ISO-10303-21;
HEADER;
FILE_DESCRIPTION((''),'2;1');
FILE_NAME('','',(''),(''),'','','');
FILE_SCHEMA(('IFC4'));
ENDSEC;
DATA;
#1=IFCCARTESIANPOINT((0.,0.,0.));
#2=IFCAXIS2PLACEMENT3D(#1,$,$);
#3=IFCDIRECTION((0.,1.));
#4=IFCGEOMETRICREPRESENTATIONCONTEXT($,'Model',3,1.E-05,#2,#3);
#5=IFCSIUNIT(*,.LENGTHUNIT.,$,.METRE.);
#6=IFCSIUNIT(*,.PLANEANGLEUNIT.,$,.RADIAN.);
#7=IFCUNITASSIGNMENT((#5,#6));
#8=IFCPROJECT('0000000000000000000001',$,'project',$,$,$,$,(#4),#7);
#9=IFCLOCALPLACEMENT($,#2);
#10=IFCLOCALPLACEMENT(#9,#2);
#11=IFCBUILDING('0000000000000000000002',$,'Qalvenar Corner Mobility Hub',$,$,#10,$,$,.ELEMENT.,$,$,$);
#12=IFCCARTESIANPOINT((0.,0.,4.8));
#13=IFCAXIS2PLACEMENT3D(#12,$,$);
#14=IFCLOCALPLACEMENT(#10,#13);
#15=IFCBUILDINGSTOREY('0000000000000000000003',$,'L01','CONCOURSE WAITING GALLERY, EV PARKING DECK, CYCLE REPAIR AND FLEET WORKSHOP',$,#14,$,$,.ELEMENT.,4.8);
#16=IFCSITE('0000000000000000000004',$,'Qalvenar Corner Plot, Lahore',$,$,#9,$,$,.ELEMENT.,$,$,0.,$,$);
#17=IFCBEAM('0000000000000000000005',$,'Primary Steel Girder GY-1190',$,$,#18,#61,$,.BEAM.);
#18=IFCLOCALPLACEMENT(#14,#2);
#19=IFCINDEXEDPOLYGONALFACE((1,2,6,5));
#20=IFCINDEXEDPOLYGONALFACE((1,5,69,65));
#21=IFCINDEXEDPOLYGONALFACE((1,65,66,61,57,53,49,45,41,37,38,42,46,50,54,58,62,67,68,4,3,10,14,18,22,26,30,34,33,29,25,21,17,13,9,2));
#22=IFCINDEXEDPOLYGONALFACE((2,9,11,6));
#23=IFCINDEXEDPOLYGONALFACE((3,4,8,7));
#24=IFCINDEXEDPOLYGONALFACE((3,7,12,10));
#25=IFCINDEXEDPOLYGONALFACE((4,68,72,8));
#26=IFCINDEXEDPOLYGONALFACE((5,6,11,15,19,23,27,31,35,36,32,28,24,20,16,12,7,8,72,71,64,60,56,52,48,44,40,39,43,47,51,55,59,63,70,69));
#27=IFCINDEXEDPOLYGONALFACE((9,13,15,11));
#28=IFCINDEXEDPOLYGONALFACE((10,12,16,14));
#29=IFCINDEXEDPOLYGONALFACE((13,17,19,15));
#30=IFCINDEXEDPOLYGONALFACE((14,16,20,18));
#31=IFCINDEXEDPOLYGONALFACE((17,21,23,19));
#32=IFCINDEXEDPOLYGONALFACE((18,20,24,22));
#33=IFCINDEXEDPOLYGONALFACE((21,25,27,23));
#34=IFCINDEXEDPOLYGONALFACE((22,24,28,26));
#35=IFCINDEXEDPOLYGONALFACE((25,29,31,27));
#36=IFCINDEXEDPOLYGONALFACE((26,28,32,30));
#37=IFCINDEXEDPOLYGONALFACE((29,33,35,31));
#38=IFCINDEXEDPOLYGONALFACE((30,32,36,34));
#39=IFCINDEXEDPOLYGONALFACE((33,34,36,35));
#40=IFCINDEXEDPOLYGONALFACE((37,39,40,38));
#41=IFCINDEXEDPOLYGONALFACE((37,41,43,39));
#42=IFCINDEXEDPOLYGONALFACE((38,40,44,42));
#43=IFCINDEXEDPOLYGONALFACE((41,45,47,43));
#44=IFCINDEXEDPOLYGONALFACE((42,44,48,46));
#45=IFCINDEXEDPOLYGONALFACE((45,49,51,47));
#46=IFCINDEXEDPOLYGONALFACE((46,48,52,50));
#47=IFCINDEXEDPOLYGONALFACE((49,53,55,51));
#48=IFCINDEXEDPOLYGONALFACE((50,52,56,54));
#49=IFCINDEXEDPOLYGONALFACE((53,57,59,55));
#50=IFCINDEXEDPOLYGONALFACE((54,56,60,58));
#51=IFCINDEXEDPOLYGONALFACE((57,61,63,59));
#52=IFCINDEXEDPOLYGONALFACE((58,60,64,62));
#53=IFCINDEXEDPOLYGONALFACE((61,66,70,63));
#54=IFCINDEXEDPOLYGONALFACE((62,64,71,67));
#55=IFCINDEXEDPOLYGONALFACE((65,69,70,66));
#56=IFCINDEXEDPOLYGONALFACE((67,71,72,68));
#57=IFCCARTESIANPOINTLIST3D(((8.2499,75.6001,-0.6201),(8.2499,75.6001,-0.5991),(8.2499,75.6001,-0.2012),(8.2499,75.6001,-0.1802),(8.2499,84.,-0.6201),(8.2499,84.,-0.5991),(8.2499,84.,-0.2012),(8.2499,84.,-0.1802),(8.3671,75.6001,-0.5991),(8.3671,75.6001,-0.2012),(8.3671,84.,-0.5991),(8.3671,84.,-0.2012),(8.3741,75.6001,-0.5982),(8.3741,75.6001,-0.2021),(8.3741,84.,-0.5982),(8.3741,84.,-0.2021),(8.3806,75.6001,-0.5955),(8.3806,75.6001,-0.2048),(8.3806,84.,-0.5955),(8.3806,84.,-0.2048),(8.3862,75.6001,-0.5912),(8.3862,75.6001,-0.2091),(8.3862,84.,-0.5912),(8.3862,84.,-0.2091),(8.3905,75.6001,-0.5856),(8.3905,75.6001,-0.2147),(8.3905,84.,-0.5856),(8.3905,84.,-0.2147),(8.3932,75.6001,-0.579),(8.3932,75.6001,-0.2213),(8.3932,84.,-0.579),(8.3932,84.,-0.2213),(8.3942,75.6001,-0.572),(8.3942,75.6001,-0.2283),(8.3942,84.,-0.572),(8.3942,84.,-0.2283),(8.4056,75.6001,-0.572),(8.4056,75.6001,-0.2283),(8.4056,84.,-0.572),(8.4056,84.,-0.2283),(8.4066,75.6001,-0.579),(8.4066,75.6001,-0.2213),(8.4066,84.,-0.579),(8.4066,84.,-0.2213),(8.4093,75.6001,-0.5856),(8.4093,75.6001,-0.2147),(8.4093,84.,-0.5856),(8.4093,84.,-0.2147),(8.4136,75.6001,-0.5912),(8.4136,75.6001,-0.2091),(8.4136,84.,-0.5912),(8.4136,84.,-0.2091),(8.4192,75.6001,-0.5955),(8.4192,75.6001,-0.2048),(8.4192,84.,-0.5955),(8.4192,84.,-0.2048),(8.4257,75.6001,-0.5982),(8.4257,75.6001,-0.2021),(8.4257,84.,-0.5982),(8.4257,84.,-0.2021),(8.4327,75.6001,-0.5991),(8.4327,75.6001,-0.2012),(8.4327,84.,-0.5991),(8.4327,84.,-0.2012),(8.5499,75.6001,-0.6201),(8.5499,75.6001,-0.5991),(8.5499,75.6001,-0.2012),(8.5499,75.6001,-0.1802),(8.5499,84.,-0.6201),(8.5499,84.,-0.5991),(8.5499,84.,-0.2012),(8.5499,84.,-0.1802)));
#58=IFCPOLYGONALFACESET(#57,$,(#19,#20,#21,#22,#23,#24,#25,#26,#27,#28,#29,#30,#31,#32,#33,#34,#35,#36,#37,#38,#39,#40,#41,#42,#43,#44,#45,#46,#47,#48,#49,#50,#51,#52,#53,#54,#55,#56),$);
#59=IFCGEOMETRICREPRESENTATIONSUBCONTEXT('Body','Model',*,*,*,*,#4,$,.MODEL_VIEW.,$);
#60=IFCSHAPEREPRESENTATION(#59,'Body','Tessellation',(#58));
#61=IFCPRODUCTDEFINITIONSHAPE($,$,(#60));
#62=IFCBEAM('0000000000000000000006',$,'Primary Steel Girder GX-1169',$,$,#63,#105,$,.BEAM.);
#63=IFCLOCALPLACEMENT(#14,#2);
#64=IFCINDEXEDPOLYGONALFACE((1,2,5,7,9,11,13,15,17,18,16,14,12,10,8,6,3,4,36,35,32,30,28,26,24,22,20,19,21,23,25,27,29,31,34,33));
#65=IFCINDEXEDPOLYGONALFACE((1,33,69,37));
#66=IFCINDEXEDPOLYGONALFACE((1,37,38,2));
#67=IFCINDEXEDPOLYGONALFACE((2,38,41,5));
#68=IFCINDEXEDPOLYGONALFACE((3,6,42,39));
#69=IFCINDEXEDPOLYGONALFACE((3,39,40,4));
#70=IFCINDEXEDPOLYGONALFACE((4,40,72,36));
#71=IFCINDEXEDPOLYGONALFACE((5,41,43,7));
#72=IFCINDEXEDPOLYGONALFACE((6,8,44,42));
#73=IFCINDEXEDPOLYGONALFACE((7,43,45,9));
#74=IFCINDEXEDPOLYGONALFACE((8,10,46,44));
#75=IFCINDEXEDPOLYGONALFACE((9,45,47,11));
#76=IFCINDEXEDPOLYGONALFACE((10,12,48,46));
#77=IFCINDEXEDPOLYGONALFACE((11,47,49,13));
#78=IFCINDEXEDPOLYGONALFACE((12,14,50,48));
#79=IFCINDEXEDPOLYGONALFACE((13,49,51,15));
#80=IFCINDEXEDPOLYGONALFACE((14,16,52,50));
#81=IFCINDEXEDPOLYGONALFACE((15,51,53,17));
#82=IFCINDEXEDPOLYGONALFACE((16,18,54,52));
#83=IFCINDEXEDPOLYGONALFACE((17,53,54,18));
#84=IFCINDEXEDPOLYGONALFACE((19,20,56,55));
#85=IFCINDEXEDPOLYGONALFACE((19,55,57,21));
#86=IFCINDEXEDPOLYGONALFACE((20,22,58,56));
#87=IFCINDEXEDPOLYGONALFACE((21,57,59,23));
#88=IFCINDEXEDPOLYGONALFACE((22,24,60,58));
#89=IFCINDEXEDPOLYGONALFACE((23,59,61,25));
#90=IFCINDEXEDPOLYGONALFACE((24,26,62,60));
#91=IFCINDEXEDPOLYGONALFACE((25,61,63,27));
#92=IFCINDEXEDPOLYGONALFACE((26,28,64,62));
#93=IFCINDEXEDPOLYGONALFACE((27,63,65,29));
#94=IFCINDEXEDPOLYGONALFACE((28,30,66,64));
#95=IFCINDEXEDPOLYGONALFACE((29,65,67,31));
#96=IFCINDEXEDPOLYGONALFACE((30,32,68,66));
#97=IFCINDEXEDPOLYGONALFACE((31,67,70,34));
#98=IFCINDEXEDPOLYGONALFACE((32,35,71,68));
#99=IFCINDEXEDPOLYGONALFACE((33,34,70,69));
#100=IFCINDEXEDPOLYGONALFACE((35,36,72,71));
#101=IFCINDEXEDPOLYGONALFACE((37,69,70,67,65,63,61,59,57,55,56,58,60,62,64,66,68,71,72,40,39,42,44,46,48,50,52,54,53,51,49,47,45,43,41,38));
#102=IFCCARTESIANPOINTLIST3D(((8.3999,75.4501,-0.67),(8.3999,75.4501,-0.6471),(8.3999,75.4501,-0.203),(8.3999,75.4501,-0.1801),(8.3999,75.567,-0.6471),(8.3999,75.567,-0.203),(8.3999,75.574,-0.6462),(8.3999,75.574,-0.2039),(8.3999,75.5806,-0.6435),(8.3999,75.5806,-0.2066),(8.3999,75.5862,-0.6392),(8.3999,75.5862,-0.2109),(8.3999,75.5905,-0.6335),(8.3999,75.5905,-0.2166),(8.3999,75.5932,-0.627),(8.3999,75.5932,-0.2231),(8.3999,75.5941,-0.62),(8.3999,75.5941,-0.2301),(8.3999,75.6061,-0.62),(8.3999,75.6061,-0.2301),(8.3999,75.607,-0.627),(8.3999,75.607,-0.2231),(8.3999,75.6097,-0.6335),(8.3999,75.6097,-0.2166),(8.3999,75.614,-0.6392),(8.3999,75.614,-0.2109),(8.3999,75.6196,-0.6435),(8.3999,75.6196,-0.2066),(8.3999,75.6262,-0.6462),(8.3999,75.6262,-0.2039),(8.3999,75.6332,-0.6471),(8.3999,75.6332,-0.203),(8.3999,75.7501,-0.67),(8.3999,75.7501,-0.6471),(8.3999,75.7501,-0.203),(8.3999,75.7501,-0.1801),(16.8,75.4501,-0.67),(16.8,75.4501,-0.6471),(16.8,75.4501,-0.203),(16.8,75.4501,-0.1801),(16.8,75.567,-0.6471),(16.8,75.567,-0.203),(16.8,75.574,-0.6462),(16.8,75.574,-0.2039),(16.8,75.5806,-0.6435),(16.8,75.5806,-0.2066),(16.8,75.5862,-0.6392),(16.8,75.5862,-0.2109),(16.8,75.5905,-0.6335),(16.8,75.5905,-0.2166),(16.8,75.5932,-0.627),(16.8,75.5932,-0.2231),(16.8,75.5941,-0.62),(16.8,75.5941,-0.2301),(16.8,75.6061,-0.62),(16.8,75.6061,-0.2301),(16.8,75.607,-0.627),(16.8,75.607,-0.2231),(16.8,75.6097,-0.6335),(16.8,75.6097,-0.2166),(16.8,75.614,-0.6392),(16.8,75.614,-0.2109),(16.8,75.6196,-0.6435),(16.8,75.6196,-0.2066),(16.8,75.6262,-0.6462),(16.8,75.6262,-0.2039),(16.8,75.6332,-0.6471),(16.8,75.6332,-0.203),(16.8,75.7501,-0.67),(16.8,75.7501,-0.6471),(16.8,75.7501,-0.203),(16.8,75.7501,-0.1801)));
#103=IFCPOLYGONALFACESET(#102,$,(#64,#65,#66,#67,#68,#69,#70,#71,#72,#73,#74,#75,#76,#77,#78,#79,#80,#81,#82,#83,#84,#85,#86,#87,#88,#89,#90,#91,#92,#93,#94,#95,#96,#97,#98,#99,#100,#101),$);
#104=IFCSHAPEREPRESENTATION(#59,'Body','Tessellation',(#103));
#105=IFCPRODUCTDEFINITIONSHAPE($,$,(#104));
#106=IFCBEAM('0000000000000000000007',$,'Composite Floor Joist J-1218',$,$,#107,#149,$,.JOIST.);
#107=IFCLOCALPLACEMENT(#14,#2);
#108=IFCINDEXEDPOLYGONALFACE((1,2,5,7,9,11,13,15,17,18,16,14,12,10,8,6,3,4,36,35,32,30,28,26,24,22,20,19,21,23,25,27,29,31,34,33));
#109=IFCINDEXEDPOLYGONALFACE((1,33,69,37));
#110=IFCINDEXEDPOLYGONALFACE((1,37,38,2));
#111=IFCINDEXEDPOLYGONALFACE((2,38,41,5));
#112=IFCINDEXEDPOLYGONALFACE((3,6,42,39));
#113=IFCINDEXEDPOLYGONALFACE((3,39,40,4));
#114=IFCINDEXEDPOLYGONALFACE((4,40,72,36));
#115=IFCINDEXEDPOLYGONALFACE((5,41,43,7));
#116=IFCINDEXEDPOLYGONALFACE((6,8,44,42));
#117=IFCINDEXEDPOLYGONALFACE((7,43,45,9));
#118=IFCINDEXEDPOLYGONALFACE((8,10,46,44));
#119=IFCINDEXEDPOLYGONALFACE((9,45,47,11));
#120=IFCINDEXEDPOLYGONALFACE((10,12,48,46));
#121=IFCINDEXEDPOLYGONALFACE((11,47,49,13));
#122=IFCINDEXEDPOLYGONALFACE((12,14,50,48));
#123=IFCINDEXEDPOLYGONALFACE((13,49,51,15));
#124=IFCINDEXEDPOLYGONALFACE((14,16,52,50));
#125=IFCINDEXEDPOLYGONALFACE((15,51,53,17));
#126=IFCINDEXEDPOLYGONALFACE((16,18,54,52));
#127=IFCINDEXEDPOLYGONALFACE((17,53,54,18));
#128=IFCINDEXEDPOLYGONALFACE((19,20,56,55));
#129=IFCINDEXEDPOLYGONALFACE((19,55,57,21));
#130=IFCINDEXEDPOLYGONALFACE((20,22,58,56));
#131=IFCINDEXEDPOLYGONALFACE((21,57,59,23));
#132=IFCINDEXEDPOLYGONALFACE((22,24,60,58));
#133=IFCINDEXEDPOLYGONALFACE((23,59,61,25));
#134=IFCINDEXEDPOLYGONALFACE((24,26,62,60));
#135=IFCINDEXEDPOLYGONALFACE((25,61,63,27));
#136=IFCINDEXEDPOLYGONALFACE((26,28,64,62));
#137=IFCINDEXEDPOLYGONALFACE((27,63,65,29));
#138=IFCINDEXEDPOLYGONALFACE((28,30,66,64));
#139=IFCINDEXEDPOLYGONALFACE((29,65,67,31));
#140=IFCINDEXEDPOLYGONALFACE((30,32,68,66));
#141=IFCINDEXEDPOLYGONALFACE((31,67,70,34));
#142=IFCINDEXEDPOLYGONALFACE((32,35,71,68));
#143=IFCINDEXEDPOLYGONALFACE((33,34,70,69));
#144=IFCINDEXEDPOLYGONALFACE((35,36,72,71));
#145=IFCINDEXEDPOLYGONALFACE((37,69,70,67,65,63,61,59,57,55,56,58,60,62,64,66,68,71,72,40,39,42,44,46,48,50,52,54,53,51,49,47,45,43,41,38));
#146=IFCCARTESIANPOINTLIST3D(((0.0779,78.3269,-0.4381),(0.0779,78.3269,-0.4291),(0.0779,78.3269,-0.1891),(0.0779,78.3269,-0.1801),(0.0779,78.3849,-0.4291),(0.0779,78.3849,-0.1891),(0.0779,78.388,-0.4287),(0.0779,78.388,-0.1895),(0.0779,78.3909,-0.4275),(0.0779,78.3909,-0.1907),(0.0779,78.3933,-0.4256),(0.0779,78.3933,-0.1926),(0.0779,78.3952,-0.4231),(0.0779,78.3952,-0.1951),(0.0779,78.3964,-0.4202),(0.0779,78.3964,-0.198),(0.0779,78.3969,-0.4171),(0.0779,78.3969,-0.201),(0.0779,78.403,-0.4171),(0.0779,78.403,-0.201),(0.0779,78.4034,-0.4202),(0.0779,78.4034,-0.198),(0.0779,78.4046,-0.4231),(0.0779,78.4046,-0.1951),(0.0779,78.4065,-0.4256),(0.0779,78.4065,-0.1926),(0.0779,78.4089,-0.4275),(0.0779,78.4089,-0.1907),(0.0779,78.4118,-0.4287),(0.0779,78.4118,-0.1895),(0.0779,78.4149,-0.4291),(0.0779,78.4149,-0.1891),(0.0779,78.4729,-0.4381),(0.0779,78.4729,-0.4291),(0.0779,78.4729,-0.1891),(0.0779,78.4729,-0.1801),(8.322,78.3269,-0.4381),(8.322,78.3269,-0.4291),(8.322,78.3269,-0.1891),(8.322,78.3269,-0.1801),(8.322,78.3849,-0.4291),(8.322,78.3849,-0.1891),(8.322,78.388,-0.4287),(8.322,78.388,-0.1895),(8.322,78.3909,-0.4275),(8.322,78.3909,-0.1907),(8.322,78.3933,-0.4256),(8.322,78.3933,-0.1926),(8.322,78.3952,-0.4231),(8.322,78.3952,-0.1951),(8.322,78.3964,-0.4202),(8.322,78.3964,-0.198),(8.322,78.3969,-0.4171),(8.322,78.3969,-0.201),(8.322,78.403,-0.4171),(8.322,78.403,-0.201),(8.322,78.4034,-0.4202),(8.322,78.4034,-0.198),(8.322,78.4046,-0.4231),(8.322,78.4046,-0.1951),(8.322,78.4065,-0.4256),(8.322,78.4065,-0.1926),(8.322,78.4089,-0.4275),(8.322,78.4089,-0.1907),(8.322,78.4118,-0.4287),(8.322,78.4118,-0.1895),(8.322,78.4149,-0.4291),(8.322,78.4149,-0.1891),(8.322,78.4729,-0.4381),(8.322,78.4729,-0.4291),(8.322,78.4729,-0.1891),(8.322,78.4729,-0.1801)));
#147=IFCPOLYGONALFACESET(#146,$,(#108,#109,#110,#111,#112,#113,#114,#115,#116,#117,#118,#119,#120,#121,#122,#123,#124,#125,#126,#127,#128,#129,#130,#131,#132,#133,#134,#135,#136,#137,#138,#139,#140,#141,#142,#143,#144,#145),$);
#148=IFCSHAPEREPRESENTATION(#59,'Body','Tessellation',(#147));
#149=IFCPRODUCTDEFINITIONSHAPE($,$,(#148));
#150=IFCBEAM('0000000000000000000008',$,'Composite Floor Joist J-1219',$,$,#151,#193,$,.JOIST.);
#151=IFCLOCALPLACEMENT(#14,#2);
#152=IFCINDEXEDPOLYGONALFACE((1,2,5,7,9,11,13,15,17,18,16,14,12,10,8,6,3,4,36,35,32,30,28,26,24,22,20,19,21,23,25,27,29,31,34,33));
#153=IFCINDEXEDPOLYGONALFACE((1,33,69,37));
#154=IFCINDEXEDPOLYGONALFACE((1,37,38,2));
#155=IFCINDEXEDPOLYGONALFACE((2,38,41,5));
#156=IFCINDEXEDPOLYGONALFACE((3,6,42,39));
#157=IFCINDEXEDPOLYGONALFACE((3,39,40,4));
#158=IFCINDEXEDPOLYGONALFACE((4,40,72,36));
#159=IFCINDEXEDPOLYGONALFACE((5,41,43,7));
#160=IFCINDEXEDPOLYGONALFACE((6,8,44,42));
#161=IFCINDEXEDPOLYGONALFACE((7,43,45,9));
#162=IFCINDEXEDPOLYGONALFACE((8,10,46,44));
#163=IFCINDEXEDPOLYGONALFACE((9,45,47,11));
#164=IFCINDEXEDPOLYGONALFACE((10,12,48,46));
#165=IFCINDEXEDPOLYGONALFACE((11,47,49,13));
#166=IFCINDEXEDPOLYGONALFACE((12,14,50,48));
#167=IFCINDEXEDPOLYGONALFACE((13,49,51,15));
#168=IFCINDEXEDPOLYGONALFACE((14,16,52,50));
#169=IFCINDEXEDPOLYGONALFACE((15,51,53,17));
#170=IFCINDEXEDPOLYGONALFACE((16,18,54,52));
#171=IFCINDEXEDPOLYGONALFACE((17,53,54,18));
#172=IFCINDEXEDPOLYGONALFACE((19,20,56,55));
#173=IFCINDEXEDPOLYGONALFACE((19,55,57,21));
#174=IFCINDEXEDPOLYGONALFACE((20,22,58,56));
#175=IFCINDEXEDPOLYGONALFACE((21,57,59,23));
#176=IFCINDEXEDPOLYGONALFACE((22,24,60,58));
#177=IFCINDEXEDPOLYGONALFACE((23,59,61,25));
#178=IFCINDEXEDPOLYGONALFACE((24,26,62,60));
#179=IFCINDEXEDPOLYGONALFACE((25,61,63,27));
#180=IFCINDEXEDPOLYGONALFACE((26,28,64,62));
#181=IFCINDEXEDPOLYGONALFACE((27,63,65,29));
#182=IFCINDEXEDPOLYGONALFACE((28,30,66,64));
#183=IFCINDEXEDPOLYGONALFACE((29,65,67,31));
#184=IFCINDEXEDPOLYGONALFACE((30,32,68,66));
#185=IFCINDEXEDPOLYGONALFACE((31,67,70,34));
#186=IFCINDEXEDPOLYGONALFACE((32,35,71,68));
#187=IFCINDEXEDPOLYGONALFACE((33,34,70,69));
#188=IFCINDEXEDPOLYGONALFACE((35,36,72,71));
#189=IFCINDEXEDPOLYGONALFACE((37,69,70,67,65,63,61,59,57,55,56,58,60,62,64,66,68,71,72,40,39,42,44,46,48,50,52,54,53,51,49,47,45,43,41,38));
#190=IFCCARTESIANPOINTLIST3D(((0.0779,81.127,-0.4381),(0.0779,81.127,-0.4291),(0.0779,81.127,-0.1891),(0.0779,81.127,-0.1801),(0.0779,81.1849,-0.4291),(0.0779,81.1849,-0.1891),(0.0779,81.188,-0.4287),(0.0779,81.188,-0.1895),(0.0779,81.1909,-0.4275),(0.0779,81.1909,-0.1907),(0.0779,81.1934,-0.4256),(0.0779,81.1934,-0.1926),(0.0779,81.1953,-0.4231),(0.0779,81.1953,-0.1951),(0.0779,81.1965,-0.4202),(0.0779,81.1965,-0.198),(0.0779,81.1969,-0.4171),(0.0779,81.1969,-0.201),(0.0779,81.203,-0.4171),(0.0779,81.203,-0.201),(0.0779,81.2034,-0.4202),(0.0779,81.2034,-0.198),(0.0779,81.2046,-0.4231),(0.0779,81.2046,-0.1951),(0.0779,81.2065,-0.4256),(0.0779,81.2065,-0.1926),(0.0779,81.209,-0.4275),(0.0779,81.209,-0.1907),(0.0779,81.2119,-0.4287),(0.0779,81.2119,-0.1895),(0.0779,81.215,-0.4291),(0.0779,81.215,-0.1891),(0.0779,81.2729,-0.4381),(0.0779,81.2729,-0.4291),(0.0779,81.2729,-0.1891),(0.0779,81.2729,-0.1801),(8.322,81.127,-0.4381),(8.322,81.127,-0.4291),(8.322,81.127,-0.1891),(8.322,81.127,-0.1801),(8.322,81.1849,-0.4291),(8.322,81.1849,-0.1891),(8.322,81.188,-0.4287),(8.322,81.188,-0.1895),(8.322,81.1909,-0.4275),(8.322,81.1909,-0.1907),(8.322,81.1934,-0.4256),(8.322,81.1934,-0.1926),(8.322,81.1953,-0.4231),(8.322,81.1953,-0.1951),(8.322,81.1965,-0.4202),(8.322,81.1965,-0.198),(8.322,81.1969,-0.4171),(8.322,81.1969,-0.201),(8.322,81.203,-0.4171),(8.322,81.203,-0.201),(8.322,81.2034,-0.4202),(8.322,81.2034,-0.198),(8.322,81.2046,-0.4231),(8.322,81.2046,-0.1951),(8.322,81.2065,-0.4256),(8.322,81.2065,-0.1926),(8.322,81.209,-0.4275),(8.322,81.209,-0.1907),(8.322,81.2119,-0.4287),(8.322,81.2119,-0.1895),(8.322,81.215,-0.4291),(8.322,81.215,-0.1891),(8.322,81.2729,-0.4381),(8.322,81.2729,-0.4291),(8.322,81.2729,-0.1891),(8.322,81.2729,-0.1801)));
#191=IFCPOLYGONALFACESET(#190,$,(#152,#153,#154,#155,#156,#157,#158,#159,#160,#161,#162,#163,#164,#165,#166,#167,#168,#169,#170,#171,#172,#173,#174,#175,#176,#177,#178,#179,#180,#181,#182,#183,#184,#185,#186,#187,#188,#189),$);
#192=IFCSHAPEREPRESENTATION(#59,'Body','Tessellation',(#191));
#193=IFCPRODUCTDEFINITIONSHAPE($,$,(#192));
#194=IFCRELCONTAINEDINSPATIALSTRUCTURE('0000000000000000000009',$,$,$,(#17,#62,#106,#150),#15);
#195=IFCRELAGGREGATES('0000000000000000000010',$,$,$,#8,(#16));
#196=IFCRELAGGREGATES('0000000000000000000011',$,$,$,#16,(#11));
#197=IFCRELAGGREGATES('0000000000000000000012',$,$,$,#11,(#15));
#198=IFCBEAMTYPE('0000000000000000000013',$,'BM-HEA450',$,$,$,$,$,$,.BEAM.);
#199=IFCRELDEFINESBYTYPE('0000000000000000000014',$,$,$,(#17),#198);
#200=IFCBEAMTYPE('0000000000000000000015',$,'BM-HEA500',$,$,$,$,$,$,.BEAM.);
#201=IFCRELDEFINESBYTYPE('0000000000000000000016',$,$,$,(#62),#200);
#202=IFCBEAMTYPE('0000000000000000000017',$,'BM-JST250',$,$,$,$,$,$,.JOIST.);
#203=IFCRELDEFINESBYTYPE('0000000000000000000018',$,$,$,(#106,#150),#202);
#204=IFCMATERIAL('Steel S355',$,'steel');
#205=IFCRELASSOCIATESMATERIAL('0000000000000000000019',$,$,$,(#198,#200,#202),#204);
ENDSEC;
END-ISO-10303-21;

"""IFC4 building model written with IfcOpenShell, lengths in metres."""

from ifc_helpers import new_model, si_unit, direction, frame, origin, origin_2d, place, context, subcontext, project, spatial, i_section, extrude, material, material_profile, profile_set, type_object, element, save


model = new_model("IFC4")

# Units and contexts
model_context = context("Model", 3, precision=1e-05, world=origin(), true_north=direction((0.0, 1.0)))
body_context = subcontext(model_context, "Body", "Model", "MODEL_VIEW")
ifc_project = project(units=[si_unit("LENGTHUNIT", "METRE"), si_unit("PLANEANGLEUNIT", "RADIAN")], contexts=[model_context])

# Site, building, storey
site_placement = place(None, origin())
site = spatial("IfcSite", under=ifc_project, at=site_placement, Name="Qalvenar Corner Plot, Lahore", CompositionType="ELEMENT", RefElevation=0.0)
building_placement = place(site_placement, origin())
building = spatial("IfcBuilding", under=site, at=building_placement, Name="Qalvenar Corner Mobility Hub", CompositionType="ELEMENT")
storey_placement = place(building_placement, frame((0.0, 0.0, 4.8)))
storey = spatial("IfcBuildingStorey", under=building, at=storey_placement, Name="L01", Description="CONCOURSE WAITING GALLERY, EV PARKING DECK, CYCLE REPAIR AND FLEET WORKSHOP", CompositionType="ELEMENT", Elevation=4.8)

# Beams
ifc_material_1 = material(Name="Steel S355", Category="steel")
ifc_material_profile_1 = material_profile(ifc_material_1, i_section(OverallWidth=0.3, OverallDepth=0.4399, WebThickness=0.0115, FlangeThickness=0.021, FilletRadius=0.0271, at=origin_2d()), Name="HEA450")
ifc_profile_set_1 = profile_set([ifc_material_profile_1], Name="Steel S355")
beam_type_1 = type_object("IfcBeamType", Name="BM-HEA450", PredefinedType="BEAM", material=ifc_profile_set_1)
beam_1_placement = place(storey_placement, frame((8.3999, 75.6001, -0.4001), z_axis=(0.0, 1.0, 0.0), x_axis=(-1.0, 0.0, 0.0)))
element("IfcBeam", 1, at=beam_1_placement, inside=storey, type_object=beam_type_1, Name="Primary Steel Girder GY-1190", PredefinedType="BEAM", context=body_context, shape_type="SweptSolid", body=[
    extrude(i_section(OverallWidth=0.3, OverallDepth=0.4399, WebThickness=0.0115, FlangeThickness=0.021, FilletRadius=0.0271, at=origin_2d()), origin(), (0.0, 0.0, 1.0), 8.3999),
])
ifc_material_profile_2 = material_profile(ifc_material_1, i_section(OverallWidth=0.3, OverallDepth=0.49, WebThickness=0.012, FlangeThickness=0.0229, FilletRadius=0.0271, at=origin_2d()), Name="HEA500")
ifc_profile_set_2 = profile_set([ifc_material_profile_2], Name="Steel S355")
beam_type_2 = type_object("IfcBeamType", Name="BM-HEA500", PredefinedType="BEAM", material=ifc_profile_set_2)
beam_2_placement = place(storey_placement, frame((8.3999, 75.6001, -0.425), z_axis=(1.0, 0.0, 0.0), x_axis=(0.0, 1.0, 0.0)))
element("IfcBeam", 2, at=beam_2_placement, inside=storey, type_object=beam_type_2, Name="Primary Steel Girder GX-1169", PredefinedType="BEAM", context=body_context, shape_type="SweptSolid", body=[
    extrude(i_section(OverallWidth=0.3, OverallDepth=0.49, WebThickness=0.012, FlangeThickness=0.0229, FilletRadius=0.0271, at=origin_2d()), origin(), (0.0, 0.0, 1.0), 8.4001),
])
ifc_material_profile_3 = material_profile(ifc_material_1, i_section(OverallWidth=0.146, OverallDepth=0.2581, WebThickness=0.0061, FlangeThickness=0.009, FilletRadius=0.012, at=origin_2d()), Name="W250x32.7")
ifc_profile_set_3 = profile_set([ifc_material_profile_3], Name="Steel S355")
beam_type_3 = type_object("IfcBeamType", Name="BM-JST250", PredefinedType="JOIST", material=ifc_profile_set_3)
for number, where, z_axis, x_axis, name in (
    (3, (0.0779, 78.3999, -0.3091), (1.0, 0.0, 0.0), (0.0, 1.0, 0.0), "Composite Floor Joist J-1218"),
    (4, (0.0779, 81.2, -0.3091), (1.0, 0.0, 0.0), (0.0, 1.0, 0.0), "Composite Floor Joist J-1219"),
):
    element("IfcBeam", number, at=place(storey_placement, frame(where, z_axis=z_axis, x_axis=x_axis)), inside=storey, type_object=beam_type_3, Name=name, PredefinedType="JOIST", context=body_context, shape_type="SweptSolid", body=[
        extrude(i_section(OverallWidth=0.146, OverallDepth=0.2581, WebThickness=0.0061, FlangeThickness=0.009, FilletRadius=0.012, at=origin_2d()), origin(), (0.0, 0.0, 1.0), 8.2441),
    ])

save(model, "model.ifc")
